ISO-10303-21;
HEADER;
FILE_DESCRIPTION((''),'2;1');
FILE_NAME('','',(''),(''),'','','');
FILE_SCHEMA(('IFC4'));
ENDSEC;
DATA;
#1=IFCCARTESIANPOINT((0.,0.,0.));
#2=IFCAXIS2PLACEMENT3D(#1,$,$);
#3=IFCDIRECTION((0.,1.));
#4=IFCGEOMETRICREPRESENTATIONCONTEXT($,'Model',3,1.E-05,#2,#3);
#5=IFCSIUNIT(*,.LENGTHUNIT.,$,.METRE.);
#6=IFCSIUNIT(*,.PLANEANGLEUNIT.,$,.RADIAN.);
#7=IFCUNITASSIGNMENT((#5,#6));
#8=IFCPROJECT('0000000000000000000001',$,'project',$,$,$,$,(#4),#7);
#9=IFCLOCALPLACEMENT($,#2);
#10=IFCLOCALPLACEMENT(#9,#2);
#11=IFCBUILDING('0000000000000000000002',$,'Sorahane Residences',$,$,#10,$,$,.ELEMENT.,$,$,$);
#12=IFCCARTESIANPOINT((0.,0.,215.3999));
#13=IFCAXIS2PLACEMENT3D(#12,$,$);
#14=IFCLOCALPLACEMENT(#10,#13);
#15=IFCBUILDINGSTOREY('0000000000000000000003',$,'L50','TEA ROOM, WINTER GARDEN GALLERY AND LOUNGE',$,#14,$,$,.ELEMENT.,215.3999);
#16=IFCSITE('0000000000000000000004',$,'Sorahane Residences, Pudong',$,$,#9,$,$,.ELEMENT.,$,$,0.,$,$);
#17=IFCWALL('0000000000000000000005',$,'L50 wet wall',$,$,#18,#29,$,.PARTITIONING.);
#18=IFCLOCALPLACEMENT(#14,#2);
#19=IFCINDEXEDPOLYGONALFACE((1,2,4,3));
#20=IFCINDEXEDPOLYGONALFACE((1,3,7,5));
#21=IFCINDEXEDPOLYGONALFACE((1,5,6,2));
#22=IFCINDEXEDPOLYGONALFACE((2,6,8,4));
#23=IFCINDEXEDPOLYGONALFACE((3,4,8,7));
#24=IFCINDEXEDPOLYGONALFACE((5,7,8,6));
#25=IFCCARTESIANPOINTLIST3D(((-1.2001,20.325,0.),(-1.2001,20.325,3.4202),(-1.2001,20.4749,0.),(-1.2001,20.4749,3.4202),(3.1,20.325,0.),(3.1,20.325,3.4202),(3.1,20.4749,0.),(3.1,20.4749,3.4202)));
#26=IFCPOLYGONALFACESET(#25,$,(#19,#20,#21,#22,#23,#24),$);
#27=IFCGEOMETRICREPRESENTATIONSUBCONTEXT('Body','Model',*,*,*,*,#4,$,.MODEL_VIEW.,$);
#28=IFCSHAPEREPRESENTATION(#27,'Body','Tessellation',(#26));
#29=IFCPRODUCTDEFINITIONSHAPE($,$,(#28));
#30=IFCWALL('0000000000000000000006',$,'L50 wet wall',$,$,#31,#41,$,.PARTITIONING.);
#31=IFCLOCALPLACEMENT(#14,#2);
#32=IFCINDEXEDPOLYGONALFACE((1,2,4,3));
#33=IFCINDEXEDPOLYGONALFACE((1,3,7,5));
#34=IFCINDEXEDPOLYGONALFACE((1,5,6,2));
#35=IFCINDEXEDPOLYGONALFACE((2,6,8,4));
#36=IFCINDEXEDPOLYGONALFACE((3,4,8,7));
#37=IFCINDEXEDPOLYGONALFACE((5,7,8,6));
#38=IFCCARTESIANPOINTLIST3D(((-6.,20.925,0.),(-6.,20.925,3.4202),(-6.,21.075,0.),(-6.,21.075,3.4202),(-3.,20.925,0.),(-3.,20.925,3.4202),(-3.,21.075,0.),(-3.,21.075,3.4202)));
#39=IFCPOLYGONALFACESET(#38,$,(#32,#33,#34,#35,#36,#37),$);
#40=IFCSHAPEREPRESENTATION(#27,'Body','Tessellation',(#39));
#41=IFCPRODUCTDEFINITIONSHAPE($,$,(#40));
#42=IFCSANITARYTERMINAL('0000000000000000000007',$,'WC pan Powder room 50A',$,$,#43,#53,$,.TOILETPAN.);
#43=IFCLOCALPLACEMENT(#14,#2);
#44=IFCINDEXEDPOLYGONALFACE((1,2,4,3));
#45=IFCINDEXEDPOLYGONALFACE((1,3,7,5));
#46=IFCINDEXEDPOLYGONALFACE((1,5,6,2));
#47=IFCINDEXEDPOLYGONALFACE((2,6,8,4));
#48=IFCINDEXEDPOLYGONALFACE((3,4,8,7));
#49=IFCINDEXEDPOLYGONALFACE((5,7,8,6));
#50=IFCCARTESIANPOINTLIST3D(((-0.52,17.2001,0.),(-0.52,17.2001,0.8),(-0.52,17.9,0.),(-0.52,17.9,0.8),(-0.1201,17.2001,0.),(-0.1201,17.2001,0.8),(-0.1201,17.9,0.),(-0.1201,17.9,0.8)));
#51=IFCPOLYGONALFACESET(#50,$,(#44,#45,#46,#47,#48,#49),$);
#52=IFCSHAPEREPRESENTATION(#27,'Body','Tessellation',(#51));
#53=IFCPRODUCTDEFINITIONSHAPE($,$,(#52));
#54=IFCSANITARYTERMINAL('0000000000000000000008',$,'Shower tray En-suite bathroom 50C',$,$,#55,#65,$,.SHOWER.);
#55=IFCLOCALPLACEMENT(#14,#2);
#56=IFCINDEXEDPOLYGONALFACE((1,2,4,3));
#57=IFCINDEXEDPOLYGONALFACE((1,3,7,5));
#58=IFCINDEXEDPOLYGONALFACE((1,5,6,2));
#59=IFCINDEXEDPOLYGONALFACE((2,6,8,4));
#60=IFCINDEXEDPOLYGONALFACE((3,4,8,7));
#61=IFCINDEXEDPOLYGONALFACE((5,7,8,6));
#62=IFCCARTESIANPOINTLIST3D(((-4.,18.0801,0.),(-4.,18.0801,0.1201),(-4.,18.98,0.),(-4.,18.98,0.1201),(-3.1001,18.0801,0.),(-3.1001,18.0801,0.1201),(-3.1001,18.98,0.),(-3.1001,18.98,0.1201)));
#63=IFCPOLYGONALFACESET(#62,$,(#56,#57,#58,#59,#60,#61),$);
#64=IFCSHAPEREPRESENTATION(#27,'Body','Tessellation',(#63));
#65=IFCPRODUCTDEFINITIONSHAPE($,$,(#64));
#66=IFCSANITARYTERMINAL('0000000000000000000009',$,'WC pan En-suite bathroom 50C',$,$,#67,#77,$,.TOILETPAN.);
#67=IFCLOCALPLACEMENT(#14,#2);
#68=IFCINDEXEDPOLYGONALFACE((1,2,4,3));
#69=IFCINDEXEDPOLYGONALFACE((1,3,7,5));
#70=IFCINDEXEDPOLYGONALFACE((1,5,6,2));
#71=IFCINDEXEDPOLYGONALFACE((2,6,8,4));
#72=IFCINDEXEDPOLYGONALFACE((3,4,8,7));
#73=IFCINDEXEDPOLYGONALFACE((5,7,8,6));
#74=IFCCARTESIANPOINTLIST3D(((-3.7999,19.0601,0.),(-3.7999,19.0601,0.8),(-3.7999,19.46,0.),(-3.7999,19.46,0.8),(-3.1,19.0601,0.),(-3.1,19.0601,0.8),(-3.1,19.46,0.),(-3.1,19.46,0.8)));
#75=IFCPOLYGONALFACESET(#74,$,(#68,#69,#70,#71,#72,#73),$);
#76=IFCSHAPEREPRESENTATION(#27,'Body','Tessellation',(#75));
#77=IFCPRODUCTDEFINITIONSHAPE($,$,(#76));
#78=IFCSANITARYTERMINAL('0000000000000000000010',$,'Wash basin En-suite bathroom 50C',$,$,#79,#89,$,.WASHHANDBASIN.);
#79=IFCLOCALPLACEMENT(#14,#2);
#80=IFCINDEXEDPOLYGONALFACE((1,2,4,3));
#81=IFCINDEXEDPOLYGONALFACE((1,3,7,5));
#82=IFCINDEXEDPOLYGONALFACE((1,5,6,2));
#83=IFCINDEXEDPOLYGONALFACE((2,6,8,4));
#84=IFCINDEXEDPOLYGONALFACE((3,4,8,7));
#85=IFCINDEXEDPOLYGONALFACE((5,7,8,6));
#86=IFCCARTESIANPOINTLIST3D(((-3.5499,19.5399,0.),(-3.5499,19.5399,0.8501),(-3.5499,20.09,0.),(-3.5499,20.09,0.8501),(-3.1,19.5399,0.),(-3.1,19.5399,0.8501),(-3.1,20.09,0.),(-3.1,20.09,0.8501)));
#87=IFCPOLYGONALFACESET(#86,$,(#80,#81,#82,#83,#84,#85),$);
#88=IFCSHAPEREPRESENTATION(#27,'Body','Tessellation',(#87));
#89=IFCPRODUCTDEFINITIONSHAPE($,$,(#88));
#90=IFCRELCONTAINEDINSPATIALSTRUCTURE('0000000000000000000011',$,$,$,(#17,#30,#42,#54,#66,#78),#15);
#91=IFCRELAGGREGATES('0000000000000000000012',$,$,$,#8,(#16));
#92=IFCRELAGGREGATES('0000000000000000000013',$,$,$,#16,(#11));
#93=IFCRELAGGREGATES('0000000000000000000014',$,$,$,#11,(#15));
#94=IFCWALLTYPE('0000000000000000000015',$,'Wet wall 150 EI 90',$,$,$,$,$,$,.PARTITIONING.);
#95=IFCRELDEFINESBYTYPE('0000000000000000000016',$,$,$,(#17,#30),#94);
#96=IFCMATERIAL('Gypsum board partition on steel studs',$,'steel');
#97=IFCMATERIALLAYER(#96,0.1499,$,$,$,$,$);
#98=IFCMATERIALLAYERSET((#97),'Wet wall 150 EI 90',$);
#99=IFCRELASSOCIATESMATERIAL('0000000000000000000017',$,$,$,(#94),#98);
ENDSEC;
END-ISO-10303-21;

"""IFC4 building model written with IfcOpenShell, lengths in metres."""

from ifc_helpers import new_model, si_unit, direction, frame, frame_2d, origin, origin_2d, place, context, subcontext, project, spatial, rectangle, extrude, material, layer, layer_set, type_object, element, save


model = new_model("IFC4")

# Units and contexts
model_context = context("Model", 3, precision=1e-05, world=origin(), true_north=direction((0.0, 1.0)))
body_context = subcontext(model_context, "Body", "Model", "MODEL_VIEW")
ifc_project = project(units=[si_unit("LENGTHUNIT", "METRE"), si_unit("PLANEANGLEUNIT", "RADIAN")], contexts=[model_context])

# Site, building, storey
site_placement = place(None, origin())
site = spatial("IfcSite", under=ifc_project, at=site_placement, Name="Sorahane Residences, Pudong", CompositionType="ELEMENT", RefElevation=0.0)
building_placement = place(site_placement, origin())
building = spatial("IfcBuilding", under=site, at=building_placement, Name="Sorahane Residences", CompositionType="ELEMENT")
storey_placement = place(building_placement, frame((0.0, 0.0, 215.3999)))
storey = spatial("IfcBuildingStorey", under=building, at=storey_placement, Name="L50", Description="TEA ROOM, WINTER GARDEN GALLERY AND LOUNGE", CompositionType="ELEMENT", Elevation=215.3999)

# Shared definitions
ifc_material_1 = material(Name="Gypsum board partition on steel studs", Category="steel")
ifc_layer_1 = layer(ifc_material_1, 0.1499)
ifc_layer_set_1 = layer_set([ifc_layer_1], Name="Wet wall 150 EI 90")
wall_type_1 = type_object("IfcWallType", Name="Wet wall 150 EI 90", PredefinedType="PARTITIONING", material=ifc_layer_set_1)

# Walls
wall_1_placement = place(storey_placement, frame((-1.2, 20.3999, 0.0), z_axis=(0.0, 0.0, 1.0), x_axis=(1.0, 0.0, 0.0)))
element("IfcWall", 1, at=wall_1_placement, inside=storey, type_object=wall_type_1, Name="L50 wet wall", PredefinedType="PARTITIONING", context=body_context, shape_type="SweptSolid", body=[
    extrude(rectangle(XDim=4.3, YDim=0.1499, at=frame_2d((2.1499, 0.0))), origin(), (0.0, 0.0, 1.0), 3.4202),
])
wall_2_placement = place(storey_placement, frame((-6.0, 21.0, 0.0), z_axis=(0.0, 0.0, 1.0), x_axis=(1.0, 0.0, 0.0)))
element("IfcWall", 2, at=wall_2_placement, inside=storey, type_object=wall_type_1, Name="L50 wet wall", PredefinedType="PARTITIONING", context=body_context, shape_type="SweptSolid", body=[
    extrude(rectangle(XDim=3.0, YDim=0.1499, at=frame_2d((1.5, 0.0))), origin(), (0.0, 0.0, 1.0), 3.4202),
])

# Sanitary terminals
sanitary_terminal_1_placement = place(storey_placement, frame((-0.3201, 17.55, 0.0), z_axis=(0.0, 0.0, 1.0), x_axis=(1.0, 0.0, 0.0)))
element("IfcSanitaryTerminal", 3, at=sanitary_terminal_1_placement, inside=storey, Name="WC pan Powder room 50A", PredefinedType="TOILETPAN", context=body_context, shape_type="SweptSolid", body=[
    extrude(rectangle(XDim=0.3999, YDim=0.7, at=origin_2d()), origin(), (0.0, 0.0, 1.0), 0.8),
])
sanitary_terminal_2_placement = place(storey_placement, frame((-3.55, 18.53, 0.0), z_axis=(0.0, 0.0, 1.0), x_axis=(0.0, -1.0, 0.0)))
element("IfcSanitaryTerminal", 4, at=sanitary_terminal_2_placement, inside=storey, Name="Shower tray En-suite bathroom 50C", PredefinedType="SHOWER", context=body_context, shape_type="SweptSolid", body=[
    extrude(rectangle(XDim=0.8999, YDim=0.8999, at=origin_2d()), origin(), (0.0, 0.0, 1.0), 0.1201),
])
sanitary_terminal_3_placement = place(storey_placement, frame((-3.45, 19.26, 0.0), z_axis=(0.0, 0.0, 1.0), x_axis=(0.0, -1.0, 0.0)))
element("IfcSanitaryTerminal", 5, at=sanitary_terminal_3_placement, inside=storey, Name="WC pan En-suite bathroom 50C", PredefinedType="TOILETPAN", context=body_context, shape_type="SweptSolid", body=[
    extrude(rectangle(XDim=0.3999, YDim=0.7, at=origin_2d()), origin(), (0.0, 0.0, 1.0), 0.8),
])
sanitary_terminal_4_placement = place(storey_placement, frame((-3.325, 19.8149, 0.0), z_axis=(0.0, 0.0, 1.0), x_axis=(0.0, -1.0, 0.0)))
element("IfcSanitaryTerminal", 6, at=sanitary_terminal_4_placement, inside=storey, Name="Wash basin En-suite bathroom 50C", PredefinedType="WASHHANDBASIN", context=body_context, shape_type="SweptSolid", body=[
    extrude(rectangle(XDim=0.55, YDim=0.45, at=origin_2d()), origin(), (0.0, 0.0, 1.0), 0.8501),
])

save(model, "model.ifc")
